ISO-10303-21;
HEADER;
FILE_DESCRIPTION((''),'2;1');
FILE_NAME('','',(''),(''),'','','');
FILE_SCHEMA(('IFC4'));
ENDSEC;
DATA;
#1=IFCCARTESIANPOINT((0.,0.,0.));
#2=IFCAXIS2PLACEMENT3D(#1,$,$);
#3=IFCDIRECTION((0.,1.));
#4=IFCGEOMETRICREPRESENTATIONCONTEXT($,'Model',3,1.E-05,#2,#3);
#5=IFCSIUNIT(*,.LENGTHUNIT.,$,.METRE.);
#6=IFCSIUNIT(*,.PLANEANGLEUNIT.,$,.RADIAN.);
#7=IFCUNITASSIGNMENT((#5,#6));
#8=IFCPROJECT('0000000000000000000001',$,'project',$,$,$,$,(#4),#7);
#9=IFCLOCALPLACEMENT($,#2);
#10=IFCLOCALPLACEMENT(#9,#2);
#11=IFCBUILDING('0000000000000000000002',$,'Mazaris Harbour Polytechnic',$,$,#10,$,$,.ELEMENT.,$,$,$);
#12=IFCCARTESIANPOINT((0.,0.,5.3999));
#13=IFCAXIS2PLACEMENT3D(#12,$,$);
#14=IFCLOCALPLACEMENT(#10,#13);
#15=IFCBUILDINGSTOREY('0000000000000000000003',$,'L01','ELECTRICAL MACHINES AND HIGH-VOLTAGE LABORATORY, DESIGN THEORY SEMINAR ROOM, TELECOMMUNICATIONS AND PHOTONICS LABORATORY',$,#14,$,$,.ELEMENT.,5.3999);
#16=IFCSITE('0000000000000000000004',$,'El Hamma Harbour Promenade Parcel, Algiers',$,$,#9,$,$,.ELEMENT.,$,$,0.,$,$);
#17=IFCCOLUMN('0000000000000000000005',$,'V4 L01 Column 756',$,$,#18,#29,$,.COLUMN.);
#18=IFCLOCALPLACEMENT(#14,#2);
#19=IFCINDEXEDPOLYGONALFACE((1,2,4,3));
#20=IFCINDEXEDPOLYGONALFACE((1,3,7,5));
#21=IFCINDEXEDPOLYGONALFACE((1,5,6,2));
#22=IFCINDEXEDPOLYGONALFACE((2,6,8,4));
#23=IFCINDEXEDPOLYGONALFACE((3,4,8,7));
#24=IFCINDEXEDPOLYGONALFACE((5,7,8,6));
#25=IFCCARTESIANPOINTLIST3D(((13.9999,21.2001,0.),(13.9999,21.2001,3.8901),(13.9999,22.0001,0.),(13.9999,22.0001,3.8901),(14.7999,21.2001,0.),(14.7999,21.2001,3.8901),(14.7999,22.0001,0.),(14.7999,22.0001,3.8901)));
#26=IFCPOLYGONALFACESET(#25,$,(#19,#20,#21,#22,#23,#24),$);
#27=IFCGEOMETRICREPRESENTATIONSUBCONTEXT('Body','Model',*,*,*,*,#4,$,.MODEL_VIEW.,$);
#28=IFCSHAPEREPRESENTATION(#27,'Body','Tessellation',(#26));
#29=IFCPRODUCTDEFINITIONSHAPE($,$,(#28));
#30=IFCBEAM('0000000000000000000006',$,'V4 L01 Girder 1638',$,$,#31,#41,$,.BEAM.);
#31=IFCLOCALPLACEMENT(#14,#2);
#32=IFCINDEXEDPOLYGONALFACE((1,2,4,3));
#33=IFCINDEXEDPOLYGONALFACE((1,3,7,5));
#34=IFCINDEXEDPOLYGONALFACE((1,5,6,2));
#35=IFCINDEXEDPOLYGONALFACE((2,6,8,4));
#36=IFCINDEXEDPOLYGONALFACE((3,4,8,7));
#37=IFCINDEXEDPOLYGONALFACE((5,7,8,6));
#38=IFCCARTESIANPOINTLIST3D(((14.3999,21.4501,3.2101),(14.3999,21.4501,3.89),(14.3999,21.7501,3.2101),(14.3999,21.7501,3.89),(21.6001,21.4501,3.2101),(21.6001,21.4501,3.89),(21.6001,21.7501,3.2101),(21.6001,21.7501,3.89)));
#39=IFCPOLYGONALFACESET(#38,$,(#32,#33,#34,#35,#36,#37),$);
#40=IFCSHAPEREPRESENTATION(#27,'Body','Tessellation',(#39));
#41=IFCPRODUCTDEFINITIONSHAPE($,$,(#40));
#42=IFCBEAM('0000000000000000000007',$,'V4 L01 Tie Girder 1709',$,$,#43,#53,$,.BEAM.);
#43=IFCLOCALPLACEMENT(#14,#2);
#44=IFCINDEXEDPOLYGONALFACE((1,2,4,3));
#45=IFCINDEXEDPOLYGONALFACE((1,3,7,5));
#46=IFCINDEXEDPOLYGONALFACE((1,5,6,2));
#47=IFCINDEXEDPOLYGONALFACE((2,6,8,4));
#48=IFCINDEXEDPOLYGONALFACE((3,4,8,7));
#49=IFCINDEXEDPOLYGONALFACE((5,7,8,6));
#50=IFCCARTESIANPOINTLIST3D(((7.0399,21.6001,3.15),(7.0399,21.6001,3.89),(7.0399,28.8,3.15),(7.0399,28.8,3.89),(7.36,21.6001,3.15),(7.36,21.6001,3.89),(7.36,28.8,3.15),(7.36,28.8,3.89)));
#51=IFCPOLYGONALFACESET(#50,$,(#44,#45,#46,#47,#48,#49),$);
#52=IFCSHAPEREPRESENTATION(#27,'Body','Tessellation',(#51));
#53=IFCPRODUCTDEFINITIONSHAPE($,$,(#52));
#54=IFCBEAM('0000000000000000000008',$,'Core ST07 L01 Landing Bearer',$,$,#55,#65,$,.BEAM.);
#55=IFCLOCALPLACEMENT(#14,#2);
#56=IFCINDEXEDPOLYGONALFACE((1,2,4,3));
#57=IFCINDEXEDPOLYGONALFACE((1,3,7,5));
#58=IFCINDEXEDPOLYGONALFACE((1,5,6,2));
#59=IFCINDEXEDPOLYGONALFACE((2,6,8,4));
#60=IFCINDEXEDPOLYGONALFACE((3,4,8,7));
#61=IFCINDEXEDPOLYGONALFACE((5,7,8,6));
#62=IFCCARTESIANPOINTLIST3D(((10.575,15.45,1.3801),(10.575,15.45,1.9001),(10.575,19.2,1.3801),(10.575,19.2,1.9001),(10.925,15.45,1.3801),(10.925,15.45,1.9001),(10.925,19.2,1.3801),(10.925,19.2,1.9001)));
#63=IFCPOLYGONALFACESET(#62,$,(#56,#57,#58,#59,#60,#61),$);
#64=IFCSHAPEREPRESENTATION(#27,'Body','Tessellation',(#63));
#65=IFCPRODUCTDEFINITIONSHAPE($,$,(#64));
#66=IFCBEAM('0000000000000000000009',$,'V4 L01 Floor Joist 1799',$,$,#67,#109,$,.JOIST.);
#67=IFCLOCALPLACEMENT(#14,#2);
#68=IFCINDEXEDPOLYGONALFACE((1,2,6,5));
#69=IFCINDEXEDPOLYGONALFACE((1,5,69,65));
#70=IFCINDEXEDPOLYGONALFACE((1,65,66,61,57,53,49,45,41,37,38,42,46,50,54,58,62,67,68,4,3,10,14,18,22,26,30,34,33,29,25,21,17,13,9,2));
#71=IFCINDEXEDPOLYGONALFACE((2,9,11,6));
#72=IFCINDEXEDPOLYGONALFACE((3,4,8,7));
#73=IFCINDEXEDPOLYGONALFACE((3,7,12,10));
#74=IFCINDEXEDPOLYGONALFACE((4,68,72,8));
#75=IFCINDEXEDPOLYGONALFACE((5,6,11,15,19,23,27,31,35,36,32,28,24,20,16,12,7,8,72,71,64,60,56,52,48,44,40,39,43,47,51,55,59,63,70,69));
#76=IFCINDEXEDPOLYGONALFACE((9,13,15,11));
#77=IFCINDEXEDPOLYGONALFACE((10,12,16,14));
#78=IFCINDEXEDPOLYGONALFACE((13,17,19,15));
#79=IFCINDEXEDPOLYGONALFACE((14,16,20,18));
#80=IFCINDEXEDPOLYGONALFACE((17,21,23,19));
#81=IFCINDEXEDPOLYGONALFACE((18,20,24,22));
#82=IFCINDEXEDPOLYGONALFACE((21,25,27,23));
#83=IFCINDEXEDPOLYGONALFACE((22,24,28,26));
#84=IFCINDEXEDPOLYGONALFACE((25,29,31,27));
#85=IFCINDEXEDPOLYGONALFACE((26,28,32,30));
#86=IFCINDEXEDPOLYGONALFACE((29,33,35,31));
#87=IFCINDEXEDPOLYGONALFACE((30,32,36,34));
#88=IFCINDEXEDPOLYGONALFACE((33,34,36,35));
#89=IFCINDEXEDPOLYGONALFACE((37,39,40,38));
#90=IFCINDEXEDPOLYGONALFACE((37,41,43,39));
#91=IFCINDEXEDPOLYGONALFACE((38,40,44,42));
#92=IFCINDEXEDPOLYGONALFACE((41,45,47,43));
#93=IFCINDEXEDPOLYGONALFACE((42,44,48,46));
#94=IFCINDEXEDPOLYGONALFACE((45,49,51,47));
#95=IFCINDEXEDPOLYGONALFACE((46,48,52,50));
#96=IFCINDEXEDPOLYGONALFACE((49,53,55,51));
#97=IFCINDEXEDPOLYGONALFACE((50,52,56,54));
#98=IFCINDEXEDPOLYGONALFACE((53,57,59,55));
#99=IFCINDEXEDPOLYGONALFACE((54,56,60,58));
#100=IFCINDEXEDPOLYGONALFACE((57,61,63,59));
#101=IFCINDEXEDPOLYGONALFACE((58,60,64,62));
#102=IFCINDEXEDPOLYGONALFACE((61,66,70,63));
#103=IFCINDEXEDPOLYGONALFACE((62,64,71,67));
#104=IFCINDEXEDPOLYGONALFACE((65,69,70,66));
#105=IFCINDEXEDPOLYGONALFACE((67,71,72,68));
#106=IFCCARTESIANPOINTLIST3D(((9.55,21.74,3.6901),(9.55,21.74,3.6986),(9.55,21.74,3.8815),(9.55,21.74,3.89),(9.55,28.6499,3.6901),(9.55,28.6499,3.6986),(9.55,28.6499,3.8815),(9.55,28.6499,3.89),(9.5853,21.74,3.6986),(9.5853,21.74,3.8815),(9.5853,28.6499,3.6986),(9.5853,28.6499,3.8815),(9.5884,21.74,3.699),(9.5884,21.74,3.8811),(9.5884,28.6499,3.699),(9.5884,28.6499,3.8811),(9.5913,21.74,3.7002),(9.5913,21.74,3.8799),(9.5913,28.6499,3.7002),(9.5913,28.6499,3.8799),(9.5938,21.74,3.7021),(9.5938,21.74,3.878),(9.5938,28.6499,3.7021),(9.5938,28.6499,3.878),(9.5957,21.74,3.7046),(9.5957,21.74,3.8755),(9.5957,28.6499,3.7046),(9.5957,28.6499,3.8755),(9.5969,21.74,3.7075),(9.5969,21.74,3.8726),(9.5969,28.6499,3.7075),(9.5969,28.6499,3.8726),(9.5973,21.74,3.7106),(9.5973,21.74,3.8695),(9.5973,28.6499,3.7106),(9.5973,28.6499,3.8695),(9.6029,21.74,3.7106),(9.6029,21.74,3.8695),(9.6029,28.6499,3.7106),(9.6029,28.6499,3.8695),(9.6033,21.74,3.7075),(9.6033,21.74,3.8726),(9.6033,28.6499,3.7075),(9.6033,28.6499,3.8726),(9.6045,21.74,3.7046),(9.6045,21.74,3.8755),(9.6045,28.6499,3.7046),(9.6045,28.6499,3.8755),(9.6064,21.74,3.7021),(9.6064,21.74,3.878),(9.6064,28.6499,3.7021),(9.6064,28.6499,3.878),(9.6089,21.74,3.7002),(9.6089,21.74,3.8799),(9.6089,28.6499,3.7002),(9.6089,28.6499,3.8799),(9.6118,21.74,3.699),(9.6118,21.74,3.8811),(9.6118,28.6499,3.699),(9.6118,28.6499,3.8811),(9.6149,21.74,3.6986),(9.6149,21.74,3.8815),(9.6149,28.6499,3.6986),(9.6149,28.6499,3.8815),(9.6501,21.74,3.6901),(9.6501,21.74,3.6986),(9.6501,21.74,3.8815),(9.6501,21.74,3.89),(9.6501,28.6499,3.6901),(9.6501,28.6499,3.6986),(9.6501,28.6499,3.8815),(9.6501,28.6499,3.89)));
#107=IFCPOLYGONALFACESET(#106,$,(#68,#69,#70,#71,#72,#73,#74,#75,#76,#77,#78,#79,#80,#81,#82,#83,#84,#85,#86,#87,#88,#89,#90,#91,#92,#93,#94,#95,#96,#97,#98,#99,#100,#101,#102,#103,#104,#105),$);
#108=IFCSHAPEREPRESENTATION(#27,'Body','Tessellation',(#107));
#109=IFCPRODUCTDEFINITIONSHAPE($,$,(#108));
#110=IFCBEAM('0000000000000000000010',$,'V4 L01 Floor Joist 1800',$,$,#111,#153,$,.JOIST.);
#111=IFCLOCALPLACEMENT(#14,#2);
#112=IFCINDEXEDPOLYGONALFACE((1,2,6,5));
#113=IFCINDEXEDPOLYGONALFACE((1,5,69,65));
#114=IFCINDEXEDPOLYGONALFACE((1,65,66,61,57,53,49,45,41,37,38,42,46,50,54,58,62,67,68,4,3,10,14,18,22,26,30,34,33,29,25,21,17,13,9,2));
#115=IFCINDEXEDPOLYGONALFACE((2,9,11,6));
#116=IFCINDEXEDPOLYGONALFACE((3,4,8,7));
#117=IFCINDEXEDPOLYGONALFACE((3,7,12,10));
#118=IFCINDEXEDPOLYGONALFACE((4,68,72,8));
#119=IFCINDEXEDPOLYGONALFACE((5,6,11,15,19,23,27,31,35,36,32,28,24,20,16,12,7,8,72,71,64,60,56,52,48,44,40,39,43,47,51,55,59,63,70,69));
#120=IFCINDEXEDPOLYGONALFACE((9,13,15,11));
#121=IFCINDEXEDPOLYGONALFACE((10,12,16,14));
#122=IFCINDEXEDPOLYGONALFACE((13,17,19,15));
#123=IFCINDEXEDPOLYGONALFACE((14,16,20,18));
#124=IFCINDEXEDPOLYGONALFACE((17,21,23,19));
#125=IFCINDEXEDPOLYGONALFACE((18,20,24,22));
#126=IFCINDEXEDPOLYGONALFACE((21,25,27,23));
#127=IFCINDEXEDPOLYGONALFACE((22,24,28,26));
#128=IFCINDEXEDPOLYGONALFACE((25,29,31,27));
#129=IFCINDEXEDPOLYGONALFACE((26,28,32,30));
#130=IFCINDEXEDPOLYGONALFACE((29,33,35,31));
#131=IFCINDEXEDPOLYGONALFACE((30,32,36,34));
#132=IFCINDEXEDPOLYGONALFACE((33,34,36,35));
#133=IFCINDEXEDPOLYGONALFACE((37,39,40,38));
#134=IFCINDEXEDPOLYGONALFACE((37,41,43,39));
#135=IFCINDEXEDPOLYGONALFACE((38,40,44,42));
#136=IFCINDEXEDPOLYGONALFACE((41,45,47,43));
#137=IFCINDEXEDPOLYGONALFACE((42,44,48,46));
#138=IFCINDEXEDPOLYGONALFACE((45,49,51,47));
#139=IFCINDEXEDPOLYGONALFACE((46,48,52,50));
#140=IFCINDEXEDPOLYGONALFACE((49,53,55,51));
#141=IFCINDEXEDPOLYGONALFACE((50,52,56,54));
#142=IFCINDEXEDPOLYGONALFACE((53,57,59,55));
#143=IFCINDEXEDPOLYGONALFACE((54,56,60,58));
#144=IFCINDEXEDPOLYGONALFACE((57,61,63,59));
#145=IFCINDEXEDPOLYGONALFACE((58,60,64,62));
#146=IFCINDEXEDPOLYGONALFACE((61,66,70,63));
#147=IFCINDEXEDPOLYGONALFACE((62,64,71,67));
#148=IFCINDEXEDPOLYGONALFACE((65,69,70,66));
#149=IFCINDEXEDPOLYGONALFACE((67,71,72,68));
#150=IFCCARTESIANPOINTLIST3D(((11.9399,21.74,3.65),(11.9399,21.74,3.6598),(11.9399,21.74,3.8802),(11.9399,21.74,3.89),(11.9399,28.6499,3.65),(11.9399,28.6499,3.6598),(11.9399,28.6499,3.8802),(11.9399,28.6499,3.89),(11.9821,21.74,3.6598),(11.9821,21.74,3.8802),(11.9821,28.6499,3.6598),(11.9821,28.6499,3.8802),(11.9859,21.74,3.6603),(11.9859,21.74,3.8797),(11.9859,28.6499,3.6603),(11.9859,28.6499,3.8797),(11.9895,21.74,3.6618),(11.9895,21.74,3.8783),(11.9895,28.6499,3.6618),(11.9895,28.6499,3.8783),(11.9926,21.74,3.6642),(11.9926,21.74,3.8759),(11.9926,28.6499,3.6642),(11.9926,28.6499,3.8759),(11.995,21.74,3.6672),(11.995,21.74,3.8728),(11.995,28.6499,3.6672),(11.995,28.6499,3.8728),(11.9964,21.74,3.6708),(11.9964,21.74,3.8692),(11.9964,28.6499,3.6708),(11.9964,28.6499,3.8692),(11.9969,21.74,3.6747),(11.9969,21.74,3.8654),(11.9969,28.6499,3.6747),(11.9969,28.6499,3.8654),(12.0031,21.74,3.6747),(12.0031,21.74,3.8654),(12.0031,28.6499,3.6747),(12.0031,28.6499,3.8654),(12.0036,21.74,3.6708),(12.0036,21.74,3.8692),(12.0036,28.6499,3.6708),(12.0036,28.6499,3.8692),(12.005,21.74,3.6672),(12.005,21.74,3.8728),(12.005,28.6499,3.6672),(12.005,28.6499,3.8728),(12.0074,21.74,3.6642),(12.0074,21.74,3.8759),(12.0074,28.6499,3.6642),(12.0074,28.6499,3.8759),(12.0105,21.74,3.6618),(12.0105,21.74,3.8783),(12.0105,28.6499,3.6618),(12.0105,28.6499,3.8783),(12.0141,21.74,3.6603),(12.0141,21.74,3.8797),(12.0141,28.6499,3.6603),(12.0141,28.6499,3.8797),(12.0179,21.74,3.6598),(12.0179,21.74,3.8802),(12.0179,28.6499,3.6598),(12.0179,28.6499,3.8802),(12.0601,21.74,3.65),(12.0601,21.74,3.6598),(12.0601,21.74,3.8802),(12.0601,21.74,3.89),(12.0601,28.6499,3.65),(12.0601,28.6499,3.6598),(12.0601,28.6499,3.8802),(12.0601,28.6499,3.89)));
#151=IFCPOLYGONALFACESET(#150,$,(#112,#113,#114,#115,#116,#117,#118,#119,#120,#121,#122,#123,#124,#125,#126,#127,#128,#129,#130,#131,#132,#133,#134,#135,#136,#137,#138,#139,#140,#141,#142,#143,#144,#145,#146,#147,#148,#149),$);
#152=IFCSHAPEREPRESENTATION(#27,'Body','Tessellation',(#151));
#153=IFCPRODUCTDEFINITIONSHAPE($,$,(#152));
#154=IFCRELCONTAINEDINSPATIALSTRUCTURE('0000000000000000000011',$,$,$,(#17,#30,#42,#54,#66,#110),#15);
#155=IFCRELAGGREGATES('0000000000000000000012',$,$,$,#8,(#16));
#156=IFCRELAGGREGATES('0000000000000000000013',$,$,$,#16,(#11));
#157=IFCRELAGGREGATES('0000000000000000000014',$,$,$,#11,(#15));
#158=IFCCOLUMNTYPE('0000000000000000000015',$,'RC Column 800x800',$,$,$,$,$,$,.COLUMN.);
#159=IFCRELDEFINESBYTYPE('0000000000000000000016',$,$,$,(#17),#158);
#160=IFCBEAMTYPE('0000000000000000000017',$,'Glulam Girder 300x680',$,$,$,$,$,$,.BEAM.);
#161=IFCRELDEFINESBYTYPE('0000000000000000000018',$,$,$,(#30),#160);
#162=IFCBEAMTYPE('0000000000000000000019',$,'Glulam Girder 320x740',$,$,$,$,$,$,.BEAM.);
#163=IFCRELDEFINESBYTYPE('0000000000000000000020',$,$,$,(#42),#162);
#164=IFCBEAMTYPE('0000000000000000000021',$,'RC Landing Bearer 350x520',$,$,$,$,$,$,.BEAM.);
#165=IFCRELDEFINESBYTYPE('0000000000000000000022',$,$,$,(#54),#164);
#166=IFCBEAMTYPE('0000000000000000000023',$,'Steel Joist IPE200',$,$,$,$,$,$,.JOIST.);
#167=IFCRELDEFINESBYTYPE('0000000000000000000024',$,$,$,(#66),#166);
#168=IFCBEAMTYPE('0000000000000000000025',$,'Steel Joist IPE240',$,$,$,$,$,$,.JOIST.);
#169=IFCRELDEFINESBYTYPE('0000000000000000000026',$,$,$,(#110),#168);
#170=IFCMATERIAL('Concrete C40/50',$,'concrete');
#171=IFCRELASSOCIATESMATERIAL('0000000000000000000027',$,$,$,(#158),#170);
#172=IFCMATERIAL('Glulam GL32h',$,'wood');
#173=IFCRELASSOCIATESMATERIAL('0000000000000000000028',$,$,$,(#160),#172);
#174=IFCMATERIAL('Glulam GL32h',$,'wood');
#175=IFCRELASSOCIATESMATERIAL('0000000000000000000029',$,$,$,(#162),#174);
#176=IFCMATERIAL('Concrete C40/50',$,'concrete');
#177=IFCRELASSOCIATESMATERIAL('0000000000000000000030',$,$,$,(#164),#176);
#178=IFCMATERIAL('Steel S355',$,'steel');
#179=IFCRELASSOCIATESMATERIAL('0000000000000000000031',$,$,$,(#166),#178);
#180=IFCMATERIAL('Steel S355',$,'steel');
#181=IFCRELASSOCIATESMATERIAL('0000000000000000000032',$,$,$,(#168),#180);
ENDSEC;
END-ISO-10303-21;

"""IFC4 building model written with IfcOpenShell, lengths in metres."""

from ifc_helpers import new_model, si_unit, direction, frame, origin, origin_2d, place, context, subcontext, project, spatial, rectangle, i_section, extrude, material, material_profile, profile_set, type_object, element, save


model = new_model("IFC4")

# Units and contexts
model_context = context("Model", 3, precision=1e-05, world=origin(), true_north=direction((0.0, 1.0)))
body_context = subcontext(model_context, "Body", "Model", "MODEL_VIEW")
ifc_project = project(units=[si_unit("LENGTHUNIT", "METRE"), si_unit("PLANEANGLEUNIT", "RADIAN")], contexts=[model_context])

# Site, building, storey
site_placement = place(None, origin())
site = spatial("IfcSite", under=ifc_project, at=site_placement, Name="El Hamma Harbour Promenade Parcel, Algiers", CompositionType="ELEMENT", RefElevation=0.0)
building_placement = place(site_placement, origin())
building = spatial("IfcBuilding", under=site, at=building_placement, Name="Mazaris Harbour Polytechnic", CompositionType="ELEMENT")
storey_placement = place(building_placement, frame((0.0, 0.0, 5.3999)))
storey = spatial("IfcBuildingStorey", under=building, at=storey_placement, Name="L01", Description="ELECTRICAL MACHINES AND HIGH-VOLTAGE LABORATORY, DESIGN THEORY SEMINAR ROOM, TELECOMMUNICATIONS AND PHOTONICS LABORATORY", CompositionType="ELEMENT", Elevation=5.3999)

# Column
ifc_material_1 = material(Name="Concrete C40/50", Category="concrete")
ifc_material_profile_1 = material_profile(ifc_material_1, rectangle(XDim=0.8, YDim=0.8, at=origin_2d()), Name="RECT800x800")
ifc_profile_set_1 = profile_set([ifc_material_profile_1], Name="Concrete C40/50")
column_type = type_object("IfcColumnType", Name="RC Column 800x800", PredefinedType="COLUMN", material=ifc_profile_set_1)
column_placement = place(storey_placement, frame((14.3999, 21.6001, 0.0), z_axis=(0.0, 0.0, 1.0), x_axis=(1.0, 0.0, 0.0)))
element("IfcColumn", 1, at=column_placement, inside=storey, type_object=column_type, Name="V4 L01 Column 756", PredefinedType="COLUMN", context=body_context, shape_type="SweptSolid", body=[
    extrude(rectangle(XDim=0.8, YDim=0.8, at=origin_2d()), origin(), (0.0, 0.0, 1.0), 3.8901),
])

# Beams
ifc_material_2 = material(Name="Glulam GL32h", Category="wood")
ifc_material_profile_2 = material_profile(ifc_material_2, rectangle(XDim=0.3, YDim=0.6799, at=origin_2d()), Name="RECT300x680")
ifc_profile_set_2 = profile_set([ifc_material_profile_2], Name="Glulam GL32h")
beam_type_1 = type_object("IfcBeamType", Name="Glulam Girder 300x680", PredefinedType="BEAM", material=ifc_profile_set_2)
beam_1_placement = place(storey_placement, frame((14.3999, 21.6001, 3.55), z_axis=(1.0, 0.0, 0.0), x_axis=(0.0, 1.0, 0.0)))
element("IfcBeam", 2, at=beam_1_placement, inside=storey, type_object=beam_type_1, Name="V4 L01 Girder 1638", PredefinedType="BEAM", context=body_context, shape_type="SweptSolid", body=[
    extrude(rectangle(XDim=0.3, YDim=0.6799, at=origin_2d()), origin(), (0.0, 0.0, 1.0), 7.2002),
])
ifc_material_3 = material(Name="Glulam GL32h", Category="wood")
ifc_material_profile_3 = material_profile(ifc_material_3, rectangle(XDim=0.3201, YDim=0.74, at=origin_2d()), Name="RECT320x740")
ifc_profile_set_3 = profile_set([ifc_material_profile_3], Name="Glulam GL32h")
beam_type_2 = type_object("IfcBeamType", Name="Glulam Girder 320x740", PredefinedType="BEAM", material=ifc_profile_set_3)
beam_2_placement = place(storey_placement, frame((7.2, 21.6001, 3.52), z_axis=(0.0, 1.0, 0.0), x_axis=(-1.0, 0.0, 0.0)))
element("IfcBeam", 3, at=beam_2_placement, inside=storey, type_object=beam_type_2, Name="V4 L01 Tie Girder 1709", PredefinedType="BEAM", context=body_context, shape_type="SweptSolid", body=[
    extrude(rectangle(XDim=0.3201, YDim=0.74, at=origin_2d()), origin(), (0.0, 0.0, 1.0), 7.2),
])
ifc_material_4 = material(Name="Concrete C40/50", Category="concrete")
ifc_material_profile_4 = material_profile(ifc_material_4, rectangle(XDim=0.3501, YDim=0.52, at=origin_2d()), Name="RECT350x520")
ifc_profile_set_4 = profile_set([ifc_material_profile_4], Name="Concrete C40/50")
beam_type_3 = type_object("IfcBeamType", Name="RC Landing Bearer 350x520", PredefinedType="BEAM", material=ifc_profile_set_4)
beam_3_placement = place(storey_placement, frame((10.75, 15.45, 1.6401), z_axis=(0.0, 1.0, 0.0), x_axis=(-1.0, 0.0, 0.0)))
element("IfcBeam", 4, at=beam_3_placement, inside=storey, type_object=beam_type_3, Name="Core ST07 L01 Landing Bearer", PredefinedType="BEAM", context=body_context, shape_type="SweptSolid", body=[
    extrude(rectangle(XDim=0.3501, YDim=0.52, at=origin_2d()), origin(), (0.0, 0.0, 1.0), 3.75),
])
ifc_material_5 = material(Name="Steel S355", Category="steel")
ifc_material_profile_5 = material_profile(ifc_material_5, i_section(OverallWidth=0.1001, OverallDepth=0.2, WebThickness=0.0056, FlangeThickness=0.0085, FilletRadius=0.012, at=origin_2d()), Name="IPE 200")
ifc_profile_set_5 = profile_set([ifc_material_profile_5], Name="Steel S355")
beam_type_4 = type_object("IfcBeamType", Name="Steel Joist IPE200", PredefinedType="JOIST", material=ifc_profile_set_5)
beam_4_placement = place(storey_placement, frame((9.6001, 21.74, 3.79), z_axis=(0.0, 1.0, 0.0), x_axis=(-1.0, 0.0, 0.0)))
element("IfcBeam", 5, at=beam_4_placement, inside=storey, type_object=beam_type_4, Name="V4 L01 Floor Joist 1799", PredefinedType="JOIST", context=body_context, shape_type="SweptSolid", body=[
    extrude(i_section(OverallWidth=0.1001, OverallDepth=0.2, WebThickness=0.0056, FlangeThickness=0.0085, FilletRadius=0.012, at=origin_2d()), origin(), (0.0, 0.0, 1.0), 6.9099),
])
ifc_material_6 = material(Name="Steel S355", Category="steel")
ifc_material_profile_6 = material_profile(ifc_material_6, i_section(OverallWidth=0.1201, OverallDepth=0.24, WebThickness=0.0061, FlangeThickness=0.0098, FilletRadius=0.0149, at=origin_2d()), Name="IPE 240")
ifc_profile_set_6 = profile_set([ifc_material_profile_6], Name="Steel S355")
beam_type_5 = type_object("IfcBeamType", Name="Steel Joist IPE240", PredefinedType="JOIST", material=ifc_profile_set_6)
beam_5_placement = place(storey_placement, frame((12.0, 21.74, 3.77), z_axis=(0.0, 1.0, 0.0), x_axis=(-1.0, 0.0, 0.0)))
element("IfcBeam", 6, at=beam_5_placement, inside=storey, type_object=beam_type_5, Name="V4 L01 Floor Joist 1800", PredefinedType="JOIST", context=body_context, shape_type="SweptSolid", body=[
    extrude(i_section(OverallWidth=0.1201, OverallDepth=0.24, WebThickness=0.0061, FlangeThickness=0.0098, FilletRadius=0.0149, at=origin_2d()), origin(), (0.0, 0.0, 1.0), 6.9099),
])

save(model, "model.ifc")
